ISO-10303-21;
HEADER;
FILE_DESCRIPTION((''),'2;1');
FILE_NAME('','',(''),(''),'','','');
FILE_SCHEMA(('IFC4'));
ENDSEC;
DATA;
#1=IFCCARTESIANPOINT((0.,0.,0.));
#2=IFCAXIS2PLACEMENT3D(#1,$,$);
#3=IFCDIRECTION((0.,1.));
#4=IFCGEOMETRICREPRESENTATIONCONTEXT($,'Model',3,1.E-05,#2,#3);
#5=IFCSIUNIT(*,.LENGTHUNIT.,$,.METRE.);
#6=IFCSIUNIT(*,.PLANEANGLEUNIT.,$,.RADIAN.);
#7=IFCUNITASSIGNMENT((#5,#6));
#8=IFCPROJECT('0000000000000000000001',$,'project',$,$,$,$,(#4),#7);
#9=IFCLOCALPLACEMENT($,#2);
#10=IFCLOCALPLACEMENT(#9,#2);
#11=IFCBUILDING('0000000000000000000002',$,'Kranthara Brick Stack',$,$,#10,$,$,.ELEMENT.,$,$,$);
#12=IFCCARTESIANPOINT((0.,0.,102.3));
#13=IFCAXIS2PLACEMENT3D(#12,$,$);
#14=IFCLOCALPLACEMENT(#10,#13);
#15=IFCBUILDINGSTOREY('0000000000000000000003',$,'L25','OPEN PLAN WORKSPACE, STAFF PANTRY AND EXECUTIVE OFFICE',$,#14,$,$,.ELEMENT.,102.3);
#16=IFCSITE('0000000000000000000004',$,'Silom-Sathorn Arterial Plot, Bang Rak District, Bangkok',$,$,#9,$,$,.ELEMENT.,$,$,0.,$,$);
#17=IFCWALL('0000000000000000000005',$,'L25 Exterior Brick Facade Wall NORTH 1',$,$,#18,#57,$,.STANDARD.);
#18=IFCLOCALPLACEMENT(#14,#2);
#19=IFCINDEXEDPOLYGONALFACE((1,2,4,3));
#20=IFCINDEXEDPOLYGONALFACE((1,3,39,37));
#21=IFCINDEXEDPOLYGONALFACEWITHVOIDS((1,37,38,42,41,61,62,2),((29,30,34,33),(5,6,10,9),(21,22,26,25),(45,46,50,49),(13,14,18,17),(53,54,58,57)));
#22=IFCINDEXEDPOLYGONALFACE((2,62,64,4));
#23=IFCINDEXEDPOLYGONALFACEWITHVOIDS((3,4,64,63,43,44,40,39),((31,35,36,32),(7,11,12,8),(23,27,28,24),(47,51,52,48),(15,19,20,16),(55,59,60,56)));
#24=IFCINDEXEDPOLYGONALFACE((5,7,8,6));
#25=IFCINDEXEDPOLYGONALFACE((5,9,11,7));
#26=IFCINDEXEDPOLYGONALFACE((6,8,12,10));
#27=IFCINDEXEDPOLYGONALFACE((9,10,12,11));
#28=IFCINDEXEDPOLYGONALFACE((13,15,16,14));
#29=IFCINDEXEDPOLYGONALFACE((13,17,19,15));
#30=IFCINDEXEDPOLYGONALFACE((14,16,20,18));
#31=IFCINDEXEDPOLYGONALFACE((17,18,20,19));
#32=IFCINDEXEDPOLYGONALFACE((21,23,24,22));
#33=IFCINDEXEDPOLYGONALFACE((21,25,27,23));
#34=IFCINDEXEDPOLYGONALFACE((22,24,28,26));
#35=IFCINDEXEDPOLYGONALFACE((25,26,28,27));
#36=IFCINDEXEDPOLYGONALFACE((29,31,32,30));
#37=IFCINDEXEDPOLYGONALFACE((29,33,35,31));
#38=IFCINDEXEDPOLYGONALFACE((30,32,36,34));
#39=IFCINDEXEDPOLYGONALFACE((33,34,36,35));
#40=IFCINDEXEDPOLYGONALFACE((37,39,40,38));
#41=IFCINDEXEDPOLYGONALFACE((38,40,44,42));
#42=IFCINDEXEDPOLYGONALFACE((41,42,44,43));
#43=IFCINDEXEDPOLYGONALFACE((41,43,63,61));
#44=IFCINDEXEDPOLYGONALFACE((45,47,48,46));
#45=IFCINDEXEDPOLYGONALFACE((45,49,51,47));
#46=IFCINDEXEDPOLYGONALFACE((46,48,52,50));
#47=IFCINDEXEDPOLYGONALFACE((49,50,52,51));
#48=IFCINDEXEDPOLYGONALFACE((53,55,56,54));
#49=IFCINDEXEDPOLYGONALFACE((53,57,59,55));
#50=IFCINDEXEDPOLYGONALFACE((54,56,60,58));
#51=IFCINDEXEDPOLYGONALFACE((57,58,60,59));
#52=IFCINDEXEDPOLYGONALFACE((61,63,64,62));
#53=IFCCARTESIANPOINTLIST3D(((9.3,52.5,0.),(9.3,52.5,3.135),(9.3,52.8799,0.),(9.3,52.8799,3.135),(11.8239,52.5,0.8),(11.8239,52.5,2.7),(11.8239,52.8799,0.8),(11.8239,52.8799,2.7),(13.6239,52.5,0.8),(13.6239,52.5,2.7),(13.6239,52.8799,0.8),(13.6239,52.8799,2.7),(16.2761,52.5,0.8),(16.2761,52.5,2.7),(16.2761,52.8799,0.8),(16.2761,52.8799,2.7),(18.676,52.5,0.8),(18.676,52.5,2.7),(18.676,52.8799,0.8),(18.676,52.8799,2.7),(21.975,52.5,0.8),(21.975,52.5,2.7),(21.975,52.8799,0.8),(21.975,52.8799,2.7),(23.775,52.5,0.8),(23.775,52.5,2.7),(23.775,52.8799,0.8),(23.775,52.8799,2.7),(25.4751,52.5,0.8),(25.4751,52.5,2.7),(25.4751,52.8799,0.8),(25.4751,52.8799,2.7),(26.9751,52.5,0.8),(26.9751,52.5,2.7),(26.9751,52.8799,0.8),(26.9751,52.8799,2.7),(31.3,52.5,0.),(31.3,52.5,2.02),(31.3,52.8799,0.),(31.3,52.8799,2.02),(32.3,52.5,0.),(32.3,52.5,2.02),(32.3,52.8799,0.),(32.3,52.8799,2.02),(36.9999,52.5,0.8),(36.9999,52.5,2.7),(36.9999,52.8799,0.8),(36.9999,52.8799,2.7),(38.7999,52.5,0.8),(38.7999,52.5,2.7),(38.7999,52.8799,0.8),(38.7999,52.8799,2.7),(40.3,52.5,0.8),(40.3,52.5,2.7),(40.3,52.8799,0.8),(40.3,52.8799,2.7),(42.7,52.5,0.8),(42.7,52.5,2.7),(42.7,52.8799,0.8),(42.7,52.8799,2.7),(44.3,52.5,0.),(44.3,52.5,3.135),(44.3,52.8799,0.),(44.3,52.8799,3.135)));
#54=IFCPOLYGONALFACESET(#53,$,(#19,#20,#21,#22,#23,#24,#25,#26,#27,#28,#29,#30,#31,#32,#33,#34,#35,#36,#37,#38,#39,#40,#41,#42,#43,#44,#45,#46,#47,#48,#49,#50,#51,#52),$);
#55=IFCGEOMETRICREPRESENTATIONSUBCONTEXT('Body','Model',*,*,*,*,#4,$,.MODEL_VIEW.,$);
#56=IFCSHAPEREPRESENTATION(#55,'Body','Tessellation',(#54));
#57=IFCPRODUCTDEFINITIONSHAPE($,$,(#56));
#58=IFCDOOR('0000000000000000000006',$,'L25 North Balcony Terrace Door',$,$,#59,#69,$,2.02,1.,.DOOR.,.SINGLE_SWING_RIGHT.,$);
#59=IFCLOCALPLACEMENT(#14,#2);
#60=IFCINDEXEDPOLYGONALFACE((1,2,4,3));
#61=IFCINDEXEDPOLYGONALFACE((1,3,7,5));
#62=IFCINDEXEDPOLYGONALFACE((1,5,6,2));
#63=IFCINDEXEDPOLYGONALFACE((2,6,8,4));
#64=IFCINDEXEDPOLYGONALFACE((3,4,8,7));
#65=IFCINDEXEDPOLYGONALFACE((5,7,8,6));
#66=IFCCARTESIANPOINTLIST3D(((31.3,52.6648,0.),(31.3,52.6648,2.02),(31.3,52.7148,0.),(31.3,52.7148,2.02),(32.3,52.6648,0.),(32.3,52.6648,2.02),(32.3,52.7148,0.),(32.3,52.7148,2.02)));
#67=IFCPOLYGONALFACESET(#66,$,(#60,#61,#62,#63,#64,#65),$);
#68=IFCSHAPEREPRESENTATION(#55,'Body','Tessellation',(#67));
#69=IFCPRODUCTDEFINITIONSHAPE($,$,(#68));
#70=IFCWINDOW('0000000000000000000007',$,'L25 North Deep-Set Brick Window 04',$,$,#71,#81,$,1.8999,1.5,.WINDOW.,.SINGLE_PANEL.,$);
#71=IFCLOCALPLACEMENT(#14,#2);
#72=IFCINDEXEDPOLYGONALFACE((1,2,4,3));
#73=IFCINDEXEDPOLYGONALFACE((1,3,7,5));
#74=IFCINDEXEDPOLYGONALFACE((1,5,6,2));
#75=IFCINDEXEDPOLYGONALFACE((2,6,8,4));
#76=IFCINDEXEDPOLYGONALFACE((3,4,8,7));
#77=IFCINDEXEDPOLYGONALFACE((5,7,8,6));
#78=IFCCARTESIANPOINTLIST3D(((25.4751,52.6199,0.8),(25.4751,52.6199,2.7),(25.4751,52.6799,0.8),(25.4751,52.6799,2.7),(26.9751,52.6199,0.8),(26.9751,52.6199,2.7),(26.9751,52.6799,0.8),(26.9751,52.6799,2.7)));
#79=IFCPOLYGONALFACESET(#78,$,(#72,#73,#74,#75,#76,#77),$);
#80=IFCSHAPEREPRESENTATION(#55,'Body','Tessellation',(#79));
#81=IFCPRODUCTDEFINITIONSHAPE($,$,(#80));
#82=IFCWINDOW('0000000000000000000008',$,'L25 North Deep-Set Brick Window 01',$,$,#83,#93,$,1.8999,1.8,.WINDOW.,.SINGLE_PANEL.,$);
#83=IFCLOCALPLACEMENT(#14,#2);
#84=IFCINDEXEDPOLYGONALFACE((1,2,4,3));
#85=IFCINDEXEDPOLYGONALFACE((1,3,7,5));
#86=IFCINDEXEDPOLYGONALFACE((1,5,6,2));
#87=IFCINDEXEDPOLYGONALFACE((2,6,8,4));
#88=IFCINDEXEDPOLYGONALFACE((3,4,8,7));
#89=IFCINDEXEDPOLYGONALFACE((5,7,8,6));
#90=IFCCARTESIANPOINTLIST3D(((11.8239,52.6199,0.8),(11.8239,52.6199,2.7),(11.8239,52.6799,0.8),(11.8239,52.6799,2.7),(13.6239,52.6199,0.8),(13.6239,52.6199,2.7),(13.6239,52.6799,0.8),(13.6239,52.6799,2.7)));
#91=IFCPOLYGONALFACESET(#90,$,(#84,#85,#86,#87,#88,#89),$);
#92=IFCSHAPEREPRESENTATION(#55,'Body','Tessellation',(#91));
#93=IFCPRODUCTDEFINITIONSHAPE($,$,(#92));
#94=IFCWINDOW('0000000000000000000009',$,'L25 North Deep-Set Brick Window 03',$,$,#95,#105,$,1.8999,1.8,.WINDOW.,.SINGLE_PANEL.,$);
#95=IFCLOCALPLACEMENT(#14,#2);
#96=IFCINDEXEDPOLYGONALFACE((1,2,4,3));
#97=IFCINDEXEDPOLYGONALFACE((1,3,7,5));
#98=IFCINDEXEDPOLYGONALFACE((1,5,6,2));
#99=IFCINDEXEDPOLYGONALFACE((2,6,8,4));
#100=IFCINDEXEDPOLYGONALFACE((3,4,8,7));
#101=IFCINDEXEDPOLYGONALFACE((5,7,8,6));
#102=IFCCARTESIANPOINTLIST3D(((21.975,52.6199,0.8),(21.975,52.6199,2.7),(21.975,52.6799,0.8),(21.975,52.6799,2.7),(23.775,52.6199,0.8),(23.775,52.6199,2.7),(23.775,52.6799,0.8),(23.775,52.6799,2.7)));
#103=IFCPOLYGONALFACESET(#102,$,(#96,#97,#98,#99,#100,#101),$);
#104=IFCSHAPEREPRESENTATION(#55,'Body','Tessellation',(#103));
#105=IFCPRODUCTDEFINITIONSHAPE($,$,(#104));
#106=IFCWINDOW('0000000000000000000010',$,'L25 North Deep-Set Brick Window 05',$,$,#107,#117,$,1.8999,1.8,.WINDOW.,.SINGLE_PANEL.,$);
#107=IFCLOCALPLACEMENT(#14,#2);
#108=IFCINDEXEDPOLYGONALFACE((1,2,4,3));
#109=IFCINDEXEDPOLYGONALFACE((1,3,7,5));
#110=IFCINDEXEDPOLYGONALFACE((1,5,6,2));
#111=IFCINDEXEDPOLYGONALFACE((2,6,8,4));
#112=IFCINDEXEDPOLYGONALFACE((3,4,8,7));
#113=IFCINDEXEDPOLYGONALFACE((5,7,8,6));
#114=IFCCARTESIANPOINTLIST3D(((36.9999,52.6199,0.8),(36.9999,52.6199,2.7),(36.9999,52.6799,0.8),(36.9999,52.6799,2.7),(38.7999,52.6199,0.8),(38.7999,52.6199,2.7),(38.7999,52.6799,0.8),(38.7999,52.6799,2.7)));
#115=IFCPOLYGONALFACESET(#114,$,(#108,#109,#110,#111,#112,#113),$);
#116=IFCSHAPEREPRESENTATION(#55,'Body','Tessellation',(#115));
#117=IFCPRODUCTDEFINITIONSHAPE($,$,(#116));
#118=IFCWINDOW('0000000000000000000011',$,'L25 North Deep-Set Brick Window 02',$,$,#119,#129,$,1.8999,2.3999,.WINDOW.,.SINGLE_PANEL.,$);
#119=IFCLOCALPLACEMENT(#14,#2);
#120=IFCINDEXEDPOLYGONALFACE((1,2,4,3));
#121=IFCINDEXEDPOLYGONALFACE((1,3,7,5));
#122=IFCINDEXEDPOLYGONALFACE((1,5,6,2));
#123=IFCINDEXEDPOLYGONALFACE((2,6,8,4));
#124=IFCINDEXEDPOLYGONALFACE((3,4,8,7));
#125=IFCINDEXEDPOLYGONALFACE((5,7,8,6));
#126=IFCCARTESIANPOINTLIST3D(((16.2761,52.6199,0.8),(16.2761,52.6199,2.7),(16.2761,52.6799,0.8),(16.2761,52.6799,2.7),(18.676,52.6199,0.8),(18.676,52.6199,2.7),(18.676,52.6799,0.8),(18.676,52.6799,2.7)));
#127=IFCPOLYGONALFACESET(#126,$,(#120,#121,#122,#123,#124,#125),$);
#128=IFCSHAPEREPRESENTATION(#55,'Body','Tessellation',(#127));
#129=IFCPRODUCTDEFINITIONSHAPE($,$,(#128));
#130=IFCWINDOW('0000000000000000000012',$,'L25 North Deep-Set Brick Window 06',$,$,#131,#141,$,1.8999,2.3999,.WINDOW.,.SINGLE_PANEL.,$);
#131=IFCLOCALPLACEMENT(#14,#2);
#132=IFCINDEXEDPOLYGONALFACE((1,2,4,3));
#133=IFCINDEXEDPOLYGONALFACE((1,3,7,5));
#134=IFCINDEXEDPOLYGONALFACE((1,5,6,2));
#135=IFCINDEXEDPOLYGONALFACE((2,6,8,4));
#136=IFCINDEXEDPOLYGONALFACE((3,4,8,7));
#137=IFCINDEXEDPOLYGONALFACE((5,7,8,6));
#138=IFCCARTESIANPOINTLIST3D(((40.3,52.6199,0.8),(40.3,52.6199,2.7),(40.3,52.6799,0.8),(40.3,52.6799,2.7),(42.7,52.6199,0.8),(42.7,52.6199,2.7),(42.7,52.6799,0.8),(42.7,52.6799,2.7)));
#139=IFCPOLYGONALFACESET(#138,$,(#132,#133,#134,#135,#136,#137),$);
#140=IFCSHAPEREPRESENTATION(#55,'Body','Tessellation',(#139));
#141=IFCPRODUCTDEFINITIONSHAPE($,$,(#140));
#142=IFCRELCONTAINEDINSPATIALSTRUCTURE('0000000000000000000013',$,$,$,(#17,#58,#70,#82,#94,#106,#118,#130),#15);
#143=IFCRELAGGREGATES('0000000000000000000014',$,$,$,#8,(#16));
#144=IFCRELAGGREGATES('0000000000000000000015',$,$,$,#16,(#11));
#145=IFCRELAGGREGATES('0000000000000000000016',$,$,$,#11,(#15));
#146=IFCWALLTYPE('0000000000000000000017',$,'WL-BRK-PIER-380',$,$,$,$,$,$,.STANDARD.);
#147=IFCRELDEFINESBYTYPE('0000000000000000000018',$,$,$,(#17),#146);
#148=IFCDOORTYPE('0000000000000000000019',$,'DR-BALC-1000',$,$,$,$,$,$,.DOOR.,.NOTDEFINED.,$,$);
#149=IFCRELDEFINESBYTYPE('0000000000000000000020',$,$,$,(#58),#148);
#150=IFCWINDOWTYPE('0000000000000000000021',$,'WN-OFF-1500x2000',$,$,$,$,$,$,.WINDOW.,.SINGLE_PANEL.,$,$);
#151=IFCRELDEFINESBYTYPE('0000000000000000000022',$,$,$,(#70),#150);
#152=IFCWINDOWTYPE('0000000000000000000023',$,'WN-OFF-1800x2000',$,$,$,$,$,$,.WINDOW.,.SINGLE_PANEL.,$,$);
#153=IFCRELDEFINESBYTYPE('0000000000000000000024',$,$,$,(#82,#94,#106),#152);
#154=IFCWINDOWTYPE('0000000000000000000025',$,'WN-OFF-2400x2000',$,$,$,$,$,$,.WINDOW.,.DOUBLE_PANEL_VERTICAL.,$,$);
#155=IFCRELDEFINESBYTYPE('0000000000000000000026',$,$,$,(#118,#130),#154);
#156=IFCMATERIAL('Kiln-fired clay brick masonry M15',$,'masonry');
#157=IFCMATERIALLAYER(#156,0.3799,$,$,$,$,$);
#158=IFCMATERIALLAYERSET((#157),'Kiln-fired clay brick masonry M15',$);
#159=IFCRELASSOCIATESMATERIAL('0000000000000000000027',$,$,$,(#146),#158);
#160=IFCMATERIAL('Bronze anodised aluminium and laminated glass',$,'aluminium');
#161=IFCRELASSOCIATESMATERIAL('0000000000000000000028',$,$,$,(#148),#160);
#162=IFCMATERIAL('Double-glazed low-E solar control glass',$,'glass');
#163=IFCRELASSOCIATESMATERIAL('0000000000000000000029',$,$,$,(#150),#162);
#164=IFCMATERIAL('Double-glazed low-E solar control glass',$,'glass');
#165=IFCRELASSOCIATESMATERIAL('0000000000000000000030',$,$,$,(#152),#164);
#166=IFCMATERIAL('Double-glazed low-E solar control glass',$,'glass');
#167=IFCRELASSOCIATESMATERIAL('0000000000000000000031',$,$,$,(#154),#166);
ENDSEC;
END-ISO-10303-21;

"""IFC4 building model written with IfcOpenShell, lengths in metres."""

from ifc_helpers import new_model, si_unit, direction, frame, frame_2d, origin, place, context, subcontext, project, spatial, rectangle, extrude, material, layer, layer_set, type_object, element, fill, save


model = new_model("IFC4")

# Units and contexts
model_context = context("Model", 3, precision=1e-05, world=origin(), true_north=direction((0.0, 1.0)))
body_context = subcontext(model_context, "Body", "Model", "MODEL_VIEW")
ifc_project = project(units=[si_unit("LENGTHUNIT", "METRE"), si_unit("PLANEANGLEUNIT", "RADIAN")], contexts=[model_context])

# Site, building, storey
site_placement = place(None, origin())
site = spatial("IfcSite", under=ifc_project, at=site_placement, Name="Silom-Sathorn Arterial Plot, Bang Rak District, Bangkok", CompositionType="ELEMENT", RefElevation=0.0)
building_placement = place(site_placement, origin())
building = spatial("IfcBuilding", under=site, at=building_placement, Name="Kranthara Brick Stack", CompositionType="ELEMENT")
storey_placement = place(building_placement, frame((0.0, 0.0, 102.3)))
storey = spatial("IfcBuildingStorey", under=building, at=storey_placement, Name="L25", Description="OPEN PLAN WORKSPACE, STAFF PANTRY AND EXECUTIVE OFFICE", CompositionType="ELEMENT", Elevation=102.3)

# Wall, openings, door, windows
ifc_material_1 = material(Name="Kiln-fired clay brick masonry M15", Category="masonry")
ifc_layer_1 = layer(ifc_material_1, 0.3799)
ifc_layer_set_1 = layer_set([ifc_layer_1], Name="Kiln-fired clay brick masonry M15")
wall_type_1 = type_object("IfcWallType", Name="WL-BRK-PIER-380", PredefinedType="STANDARD", material=ifc_layer_set_1)
wall_1_placement = place(storey_placement, frame((9.3, 52.6899, 0.0), z_axis=(0.0, 0.0, 1.0), x_axis=(1.0, 0.0, 0.0)))
wall_1 = element("IfcWall", 1, at=wall_1_placement, inside=storey, type_object=wall_type_1, Name="L25 Exterior Brick Facade Wall NORTH 1", PredefinedType="STANDARD", context=body_context, shape_type="SweptSolid", body=[
    extrude(rectangle(XDim=35.0, YDim=0.3799, at=frame_2d((17.5, 0.0))), origin(), (0.0, 0.0, 1.0), 3.135),
])
opening_1_placement = place(wall_1_placement, frame((22.0, 0.0, 0.0)))
opening_1 = element("IfcOpeningElement", 2, at=opening_1_placement, cuts=wall_1, PredefinedType="OPENING", context=body_context, shape_type="SweptSolid", body=[
    extrude(rectangle(XDim=1.0, YDim=2.02, at=frame_2d((0.5, 1.01))), frame((0.0, 0.2, 0.0), z_axis=(0.0, -1.0, 0.0), x_axis=(1.0, 0.0, 0.0)), (0.0, 0.0, 1.0), 0.3999),
])
opening_2_placement = place(wall_1_placement, frame((2.5239, 0.0, 0.8)))
opening_2 = element("IfcOpeningElement", 3, at=opening_2_placement, cuts=wall_1, PredefinedType="OPENING", context=body_context, shape_type="SweptSolid", body=[
    extrude(rectangle(XDim=1.8, YDim=1.8999, at=frame_2d((0.8999, 0.95))), frame((0.0, 0.2, 0.0), z_axis=(0.0, -1.0, 0.0), x_axis=(1.0, 0.0, 0.0)), (0.0, 0.0, 1.0), 0.3999),
])
opening_3_placement = place(wall_1_placement, frame((6.9761, 0.0, 0.8)))
opening_3 = element("IfcOpeningElement", 4, at=opening_3_placement, cuts=wall_1, PredefinedType="OPENING", context=body_context, shape_type="SweptSolid", body=[
    extrude(rectangle(XDim=2.3999, YDim=1.8999, at=frame_2d((1.2, 0.95))), frame((0.0, 0.2, 0.0), z_axis=(0.0, -1.0, 0.0), x_axis=(1.0, 0.0, 0.0)), (0.0, 0.0, 1.0), 0.3999),
])
opening_4_placement = place(wall_1_placement, frame((12.675, 0.0, 0.8)))
opening_4 = element("IfcOpeningElement", 5, at=opening_4_placement, cuts=wall_1, PredefinedType="OPENING", context=body_context, shape_type="SweptSolid", body=[
    extrude(rectangle(XDim=1.8, YDim=1.8999, at=frame_2d((0.8999, 0.95))), frame((0.0, 0.2, 0.0), z_axis=(0.0, -1.0, 0.0), x_axis=(1.0, 0.0, 0.0)), (0.0, 0.0, 1.0), 0.3999),
])
opening_5_placement = place(wall_1_placement, frame((16.175, 0.0, 0.8)))
opening_5 = element("IfcOpeningElement", 6, at=opening_5_placement, cuts=wall_1, PredefinedType="OPENING", context=body_context, shape_type="SweptSolid", body=[
    extrude(rectangle(XDim=1.5, YDim=1.8999, at=frame_2d((0.75, 0.95))), frame((0.0, 0.2, 0.0), z_axis=(0.0, -1.0, 0.0), x_axis=(1.0, 0.0, 0.0)), (0.0, 0.0, 1.0), 0.3999),
])
opening_6_placement = place(wall_1_placement, frame((27.7, 0.0, 0.8)))
opening_6 = element("IfcOpeningElement", 7, at=opening_6_placement, cuts=wall_1, PredefinedType="OPENING", context=body_context, shape_type="SweptSolid", body=[
    extrude(rectangle(XDim=1.8, YDim=1.8999, at=frame_2d((0.8999, 0.95))), frame((0.0, 0.2, 0.0), z_axis=(0.0, -1.0, 0.0), x_axis=(1.0, 0.0, 0.0)), (0.0, 0.0, 1.0), 0.3999),
])
opening_7_placement = place(wall_1_placement, frame((31.0, 0.0, 0.8)))
opening_7 = element("IfcOpeningElement", 8, at=opening_7_placement, cuts=wall_1, PredefinedType="OPENING", context=body_context, shape_type="SweptSolid", body=[
    extrude(rectangle(XDim=2.3999, YDim=1.8999, at=frame_2d((1.2, 0.95))), frame((0.0, 0.2, 0.0), z_axis=(0.0, -1.0, 0.0), x_axis=(1.0, 0.0, 0.0)), (0.0, 0.0, 1.0), 0.3999),
])
ifc_material_2 = material(Name="Bronze anodised aluminium and laminated glass", Category="aluminium")
door_type_1 = type_object("IfcDoorType", Name="DR-BALC-1000", OperationType="NOTDEFINED", PredefinedType="DOOR", material=ifc_material_2)
door_1_placement = place(opening_1_placement, origin())
door_1 = element("IfcDoor", 9, at=door_1_placement, inside=storey, type_object=door_type_1, Name="L25 North Balcony Terrace Door", OperationType="SINGLE_SWING_RIGHT", OverallHeight=2.02, OverallWidth=1.0, PredefinedType="DOOR", context=body_context, shape_type="SweptSolid", body=[
    extrude(rectangle(XDim=1.0, YDim=2.02, at=frame_2d((0.5, 1.01))), frame((0.0, 0.0249, 0.0), z_axis=(0.0, -1.0, 0.0), x_axis=(1.0, 0.0, 0.0)), (0.0, 0.0, 1.0), 0.05),
])
fill(opening_1, door_1)
ifc_material_3 = material(Name="Double-glazed low-E solar control glass", Category="glass")
window_type_1 = type_object("IfcWindowType", Name="WN-OFF-1500x2000", PartitioningType="SINGLE_PANEL", PredefinedType="WINDOW", material=ifc_material_3)
window_1_placement = place(opening_5_placement, origin())
window_1 = element("IfcWindow", 10, at=window_1_placement, inside=storey, type_object=window_type_1, Name="L25 North Deep-Set Brick Window 04", OverallHeight=1.8999, OverallWidth=1.5, PartitioningType="SINGLE_PANEL", PredefinedType="WINDOW", context=body_context, shape_type="SweptSolid", body=[
    extrude(rectangle(XDim=1.5, YDim=1.8999, at=frame_2d((0.75, 0.95))), frame((0.0, -0.01, 0.0), z_axis=(0.0, -1.0, 0.0), x_axis=(1.0, 0.0, 0.0)), (0.0, 0.0, 1.0), 0.0601),
])
fill(opening_5, window_1)
ifc_material_4 = material(Name="Double-glazed low-E solar control glass", Category="glass")
window_type_2 = type_object("IfcWindowType", Name="WN-OFF-1800x2000", PartitioningType="SINGLE_PANEL", PredefinedType="WINDOW", material=ifc_material_4)
window_2_placement = place(opening_2_placement, origin())
window_2 = element("IfcWindow", 11, at=window_2_placement, inside=storey, type_object=window_type_2, Name="L25 North Deep-Set Brick Window 01", OverallHeight=1.8999, OverallWidth=1.8, PartitioningType="SINGLE_PANEL", PredefinedType="WINDOW", context=body_context, shape_type="SweptSolid", body=[
    extrude(rectangle(XDim=1.8, YDim=1.8999, at=frame_2d((0.8999, 0.95))), frame((0.0, -0.01, 0.0), z_axis=(0.0, -1.0, 0.0), x_axis=(1.0, 0.0, 0.0)), (0.0, 0.0, 1.0), 0.0601),
])
fill(opening_2, window_2)
window_3_placement = place(opening_4_placement, origin())
window_3 = element("IfcWindow", 12, at=window_3_placement, inside=storey, type_object=window_type_2, Name="L25 North Deep-Set Brick Window 03", OverallHeight=1.8999, OverallWidth=1.8, PartitioningType="SINGLE_PANEL", PredefinedType="WINDOW", context=body_context, shape_type="SweptSolid", body=[
    extrude(rectangle(XDim=1.8, YDim=1.8999, at=frame_2d((0.8999, 0.95))), frame((0.0, -0.01, 0.0), z_axis=(0.0, -1.0, 0.0), x_axis=(1.0, 0.0, 0.0)), (0.0, 0.0, 1.0), 0.0601),
])
fill(opening_4, window_3)
window_4_placement = place(opening_6_placement, origin())
window_4 = element("IfcWindow", 13, at=window_4_placement, inside=storey, type_object=window_type_2, Name="L25 North Deep-Set Brick Window 05", OverallHeight=1.8999, OverallWidth=1.8, PartitioningType="SINGLE_PANEL", PredefinedType="WINDOW", context=body_context, shape_type="SweptSolid", body=[
    extrude(rectangle(XDim=1.8, YDim=1.8999, at=frame_2d((0.8999, 0.95))), frame((0.0, -0.01, 0.0), z_axis=(0.0, -1.0, 0.0), x_axis=(1.0, 0.0, 0.0)), (0.0, 0.0, 1.0), 0.0601),
])
fill(opening_6, window_4)
ifc_material_5 = material(Name="Double-glazed low-E solar control glass", Category="glass")
window_type_3 = type_object("IfcWindowType", Name="WN-OFF-2400x2000", PartitioningType="DOUBLE_PANEL_VERTICAL", PredefinedType="WINDOW", material=ifc_material_5)
window_5_placement = place(opening_3_placement, origin())
window_5 = element("IfcWindow", 14, at=window_5_placement, inside=storey, type_object=window_type_3, Name="L25 North Deep-Set Brick Window 02", OverallHeight=1.8999, OverallWidth=2.3999, PartitioningType="SINGLE_PANEL", PredefinedType="WINDOW", context=body_context, shape_type="SweptSolid", body=[
    extrude(rectangle(XDim=2.3999, YDim=1.8999, at=frame_2d((1.2, 0.95))), frame((0.0, -0.01, 0.0), z_axis=(0.0, -1.0, 0.0), x_axis=(1.0, 0.0, 0.0)), (0.0, 0.0, 1.0), 0.0601),
])
fill(opening_3, window_5)
window_6_placement = place(opening_7_placement, origin())
window_6 = element("IfcWindow", 15, at=window_6_placement, inside=storey, type_object=window_type_3, Name="L25 North Deep-Set Brick Window 06", OverallHeight=1.8999, OverallWidth=2.3999, PartitioningType="SINGLE_PANEL", PredefinedType="WINDOW", context=body_context, shape_type="SweptSolid", body=[
    extrude(rectangle(XDim=2.3999, YDim=1.8999, at=frame_2d((1.2, 0.95))), frame((0.0, -0.01, 0.0), z_axis=(0.0, -1.0, 0.0), x_axis=(1.0, 0.0, 0.0)), (0.0, 0.0, 1.0), 0.0601),
])
fill(opening_7, window_6)

save(model, "model.ifc")
